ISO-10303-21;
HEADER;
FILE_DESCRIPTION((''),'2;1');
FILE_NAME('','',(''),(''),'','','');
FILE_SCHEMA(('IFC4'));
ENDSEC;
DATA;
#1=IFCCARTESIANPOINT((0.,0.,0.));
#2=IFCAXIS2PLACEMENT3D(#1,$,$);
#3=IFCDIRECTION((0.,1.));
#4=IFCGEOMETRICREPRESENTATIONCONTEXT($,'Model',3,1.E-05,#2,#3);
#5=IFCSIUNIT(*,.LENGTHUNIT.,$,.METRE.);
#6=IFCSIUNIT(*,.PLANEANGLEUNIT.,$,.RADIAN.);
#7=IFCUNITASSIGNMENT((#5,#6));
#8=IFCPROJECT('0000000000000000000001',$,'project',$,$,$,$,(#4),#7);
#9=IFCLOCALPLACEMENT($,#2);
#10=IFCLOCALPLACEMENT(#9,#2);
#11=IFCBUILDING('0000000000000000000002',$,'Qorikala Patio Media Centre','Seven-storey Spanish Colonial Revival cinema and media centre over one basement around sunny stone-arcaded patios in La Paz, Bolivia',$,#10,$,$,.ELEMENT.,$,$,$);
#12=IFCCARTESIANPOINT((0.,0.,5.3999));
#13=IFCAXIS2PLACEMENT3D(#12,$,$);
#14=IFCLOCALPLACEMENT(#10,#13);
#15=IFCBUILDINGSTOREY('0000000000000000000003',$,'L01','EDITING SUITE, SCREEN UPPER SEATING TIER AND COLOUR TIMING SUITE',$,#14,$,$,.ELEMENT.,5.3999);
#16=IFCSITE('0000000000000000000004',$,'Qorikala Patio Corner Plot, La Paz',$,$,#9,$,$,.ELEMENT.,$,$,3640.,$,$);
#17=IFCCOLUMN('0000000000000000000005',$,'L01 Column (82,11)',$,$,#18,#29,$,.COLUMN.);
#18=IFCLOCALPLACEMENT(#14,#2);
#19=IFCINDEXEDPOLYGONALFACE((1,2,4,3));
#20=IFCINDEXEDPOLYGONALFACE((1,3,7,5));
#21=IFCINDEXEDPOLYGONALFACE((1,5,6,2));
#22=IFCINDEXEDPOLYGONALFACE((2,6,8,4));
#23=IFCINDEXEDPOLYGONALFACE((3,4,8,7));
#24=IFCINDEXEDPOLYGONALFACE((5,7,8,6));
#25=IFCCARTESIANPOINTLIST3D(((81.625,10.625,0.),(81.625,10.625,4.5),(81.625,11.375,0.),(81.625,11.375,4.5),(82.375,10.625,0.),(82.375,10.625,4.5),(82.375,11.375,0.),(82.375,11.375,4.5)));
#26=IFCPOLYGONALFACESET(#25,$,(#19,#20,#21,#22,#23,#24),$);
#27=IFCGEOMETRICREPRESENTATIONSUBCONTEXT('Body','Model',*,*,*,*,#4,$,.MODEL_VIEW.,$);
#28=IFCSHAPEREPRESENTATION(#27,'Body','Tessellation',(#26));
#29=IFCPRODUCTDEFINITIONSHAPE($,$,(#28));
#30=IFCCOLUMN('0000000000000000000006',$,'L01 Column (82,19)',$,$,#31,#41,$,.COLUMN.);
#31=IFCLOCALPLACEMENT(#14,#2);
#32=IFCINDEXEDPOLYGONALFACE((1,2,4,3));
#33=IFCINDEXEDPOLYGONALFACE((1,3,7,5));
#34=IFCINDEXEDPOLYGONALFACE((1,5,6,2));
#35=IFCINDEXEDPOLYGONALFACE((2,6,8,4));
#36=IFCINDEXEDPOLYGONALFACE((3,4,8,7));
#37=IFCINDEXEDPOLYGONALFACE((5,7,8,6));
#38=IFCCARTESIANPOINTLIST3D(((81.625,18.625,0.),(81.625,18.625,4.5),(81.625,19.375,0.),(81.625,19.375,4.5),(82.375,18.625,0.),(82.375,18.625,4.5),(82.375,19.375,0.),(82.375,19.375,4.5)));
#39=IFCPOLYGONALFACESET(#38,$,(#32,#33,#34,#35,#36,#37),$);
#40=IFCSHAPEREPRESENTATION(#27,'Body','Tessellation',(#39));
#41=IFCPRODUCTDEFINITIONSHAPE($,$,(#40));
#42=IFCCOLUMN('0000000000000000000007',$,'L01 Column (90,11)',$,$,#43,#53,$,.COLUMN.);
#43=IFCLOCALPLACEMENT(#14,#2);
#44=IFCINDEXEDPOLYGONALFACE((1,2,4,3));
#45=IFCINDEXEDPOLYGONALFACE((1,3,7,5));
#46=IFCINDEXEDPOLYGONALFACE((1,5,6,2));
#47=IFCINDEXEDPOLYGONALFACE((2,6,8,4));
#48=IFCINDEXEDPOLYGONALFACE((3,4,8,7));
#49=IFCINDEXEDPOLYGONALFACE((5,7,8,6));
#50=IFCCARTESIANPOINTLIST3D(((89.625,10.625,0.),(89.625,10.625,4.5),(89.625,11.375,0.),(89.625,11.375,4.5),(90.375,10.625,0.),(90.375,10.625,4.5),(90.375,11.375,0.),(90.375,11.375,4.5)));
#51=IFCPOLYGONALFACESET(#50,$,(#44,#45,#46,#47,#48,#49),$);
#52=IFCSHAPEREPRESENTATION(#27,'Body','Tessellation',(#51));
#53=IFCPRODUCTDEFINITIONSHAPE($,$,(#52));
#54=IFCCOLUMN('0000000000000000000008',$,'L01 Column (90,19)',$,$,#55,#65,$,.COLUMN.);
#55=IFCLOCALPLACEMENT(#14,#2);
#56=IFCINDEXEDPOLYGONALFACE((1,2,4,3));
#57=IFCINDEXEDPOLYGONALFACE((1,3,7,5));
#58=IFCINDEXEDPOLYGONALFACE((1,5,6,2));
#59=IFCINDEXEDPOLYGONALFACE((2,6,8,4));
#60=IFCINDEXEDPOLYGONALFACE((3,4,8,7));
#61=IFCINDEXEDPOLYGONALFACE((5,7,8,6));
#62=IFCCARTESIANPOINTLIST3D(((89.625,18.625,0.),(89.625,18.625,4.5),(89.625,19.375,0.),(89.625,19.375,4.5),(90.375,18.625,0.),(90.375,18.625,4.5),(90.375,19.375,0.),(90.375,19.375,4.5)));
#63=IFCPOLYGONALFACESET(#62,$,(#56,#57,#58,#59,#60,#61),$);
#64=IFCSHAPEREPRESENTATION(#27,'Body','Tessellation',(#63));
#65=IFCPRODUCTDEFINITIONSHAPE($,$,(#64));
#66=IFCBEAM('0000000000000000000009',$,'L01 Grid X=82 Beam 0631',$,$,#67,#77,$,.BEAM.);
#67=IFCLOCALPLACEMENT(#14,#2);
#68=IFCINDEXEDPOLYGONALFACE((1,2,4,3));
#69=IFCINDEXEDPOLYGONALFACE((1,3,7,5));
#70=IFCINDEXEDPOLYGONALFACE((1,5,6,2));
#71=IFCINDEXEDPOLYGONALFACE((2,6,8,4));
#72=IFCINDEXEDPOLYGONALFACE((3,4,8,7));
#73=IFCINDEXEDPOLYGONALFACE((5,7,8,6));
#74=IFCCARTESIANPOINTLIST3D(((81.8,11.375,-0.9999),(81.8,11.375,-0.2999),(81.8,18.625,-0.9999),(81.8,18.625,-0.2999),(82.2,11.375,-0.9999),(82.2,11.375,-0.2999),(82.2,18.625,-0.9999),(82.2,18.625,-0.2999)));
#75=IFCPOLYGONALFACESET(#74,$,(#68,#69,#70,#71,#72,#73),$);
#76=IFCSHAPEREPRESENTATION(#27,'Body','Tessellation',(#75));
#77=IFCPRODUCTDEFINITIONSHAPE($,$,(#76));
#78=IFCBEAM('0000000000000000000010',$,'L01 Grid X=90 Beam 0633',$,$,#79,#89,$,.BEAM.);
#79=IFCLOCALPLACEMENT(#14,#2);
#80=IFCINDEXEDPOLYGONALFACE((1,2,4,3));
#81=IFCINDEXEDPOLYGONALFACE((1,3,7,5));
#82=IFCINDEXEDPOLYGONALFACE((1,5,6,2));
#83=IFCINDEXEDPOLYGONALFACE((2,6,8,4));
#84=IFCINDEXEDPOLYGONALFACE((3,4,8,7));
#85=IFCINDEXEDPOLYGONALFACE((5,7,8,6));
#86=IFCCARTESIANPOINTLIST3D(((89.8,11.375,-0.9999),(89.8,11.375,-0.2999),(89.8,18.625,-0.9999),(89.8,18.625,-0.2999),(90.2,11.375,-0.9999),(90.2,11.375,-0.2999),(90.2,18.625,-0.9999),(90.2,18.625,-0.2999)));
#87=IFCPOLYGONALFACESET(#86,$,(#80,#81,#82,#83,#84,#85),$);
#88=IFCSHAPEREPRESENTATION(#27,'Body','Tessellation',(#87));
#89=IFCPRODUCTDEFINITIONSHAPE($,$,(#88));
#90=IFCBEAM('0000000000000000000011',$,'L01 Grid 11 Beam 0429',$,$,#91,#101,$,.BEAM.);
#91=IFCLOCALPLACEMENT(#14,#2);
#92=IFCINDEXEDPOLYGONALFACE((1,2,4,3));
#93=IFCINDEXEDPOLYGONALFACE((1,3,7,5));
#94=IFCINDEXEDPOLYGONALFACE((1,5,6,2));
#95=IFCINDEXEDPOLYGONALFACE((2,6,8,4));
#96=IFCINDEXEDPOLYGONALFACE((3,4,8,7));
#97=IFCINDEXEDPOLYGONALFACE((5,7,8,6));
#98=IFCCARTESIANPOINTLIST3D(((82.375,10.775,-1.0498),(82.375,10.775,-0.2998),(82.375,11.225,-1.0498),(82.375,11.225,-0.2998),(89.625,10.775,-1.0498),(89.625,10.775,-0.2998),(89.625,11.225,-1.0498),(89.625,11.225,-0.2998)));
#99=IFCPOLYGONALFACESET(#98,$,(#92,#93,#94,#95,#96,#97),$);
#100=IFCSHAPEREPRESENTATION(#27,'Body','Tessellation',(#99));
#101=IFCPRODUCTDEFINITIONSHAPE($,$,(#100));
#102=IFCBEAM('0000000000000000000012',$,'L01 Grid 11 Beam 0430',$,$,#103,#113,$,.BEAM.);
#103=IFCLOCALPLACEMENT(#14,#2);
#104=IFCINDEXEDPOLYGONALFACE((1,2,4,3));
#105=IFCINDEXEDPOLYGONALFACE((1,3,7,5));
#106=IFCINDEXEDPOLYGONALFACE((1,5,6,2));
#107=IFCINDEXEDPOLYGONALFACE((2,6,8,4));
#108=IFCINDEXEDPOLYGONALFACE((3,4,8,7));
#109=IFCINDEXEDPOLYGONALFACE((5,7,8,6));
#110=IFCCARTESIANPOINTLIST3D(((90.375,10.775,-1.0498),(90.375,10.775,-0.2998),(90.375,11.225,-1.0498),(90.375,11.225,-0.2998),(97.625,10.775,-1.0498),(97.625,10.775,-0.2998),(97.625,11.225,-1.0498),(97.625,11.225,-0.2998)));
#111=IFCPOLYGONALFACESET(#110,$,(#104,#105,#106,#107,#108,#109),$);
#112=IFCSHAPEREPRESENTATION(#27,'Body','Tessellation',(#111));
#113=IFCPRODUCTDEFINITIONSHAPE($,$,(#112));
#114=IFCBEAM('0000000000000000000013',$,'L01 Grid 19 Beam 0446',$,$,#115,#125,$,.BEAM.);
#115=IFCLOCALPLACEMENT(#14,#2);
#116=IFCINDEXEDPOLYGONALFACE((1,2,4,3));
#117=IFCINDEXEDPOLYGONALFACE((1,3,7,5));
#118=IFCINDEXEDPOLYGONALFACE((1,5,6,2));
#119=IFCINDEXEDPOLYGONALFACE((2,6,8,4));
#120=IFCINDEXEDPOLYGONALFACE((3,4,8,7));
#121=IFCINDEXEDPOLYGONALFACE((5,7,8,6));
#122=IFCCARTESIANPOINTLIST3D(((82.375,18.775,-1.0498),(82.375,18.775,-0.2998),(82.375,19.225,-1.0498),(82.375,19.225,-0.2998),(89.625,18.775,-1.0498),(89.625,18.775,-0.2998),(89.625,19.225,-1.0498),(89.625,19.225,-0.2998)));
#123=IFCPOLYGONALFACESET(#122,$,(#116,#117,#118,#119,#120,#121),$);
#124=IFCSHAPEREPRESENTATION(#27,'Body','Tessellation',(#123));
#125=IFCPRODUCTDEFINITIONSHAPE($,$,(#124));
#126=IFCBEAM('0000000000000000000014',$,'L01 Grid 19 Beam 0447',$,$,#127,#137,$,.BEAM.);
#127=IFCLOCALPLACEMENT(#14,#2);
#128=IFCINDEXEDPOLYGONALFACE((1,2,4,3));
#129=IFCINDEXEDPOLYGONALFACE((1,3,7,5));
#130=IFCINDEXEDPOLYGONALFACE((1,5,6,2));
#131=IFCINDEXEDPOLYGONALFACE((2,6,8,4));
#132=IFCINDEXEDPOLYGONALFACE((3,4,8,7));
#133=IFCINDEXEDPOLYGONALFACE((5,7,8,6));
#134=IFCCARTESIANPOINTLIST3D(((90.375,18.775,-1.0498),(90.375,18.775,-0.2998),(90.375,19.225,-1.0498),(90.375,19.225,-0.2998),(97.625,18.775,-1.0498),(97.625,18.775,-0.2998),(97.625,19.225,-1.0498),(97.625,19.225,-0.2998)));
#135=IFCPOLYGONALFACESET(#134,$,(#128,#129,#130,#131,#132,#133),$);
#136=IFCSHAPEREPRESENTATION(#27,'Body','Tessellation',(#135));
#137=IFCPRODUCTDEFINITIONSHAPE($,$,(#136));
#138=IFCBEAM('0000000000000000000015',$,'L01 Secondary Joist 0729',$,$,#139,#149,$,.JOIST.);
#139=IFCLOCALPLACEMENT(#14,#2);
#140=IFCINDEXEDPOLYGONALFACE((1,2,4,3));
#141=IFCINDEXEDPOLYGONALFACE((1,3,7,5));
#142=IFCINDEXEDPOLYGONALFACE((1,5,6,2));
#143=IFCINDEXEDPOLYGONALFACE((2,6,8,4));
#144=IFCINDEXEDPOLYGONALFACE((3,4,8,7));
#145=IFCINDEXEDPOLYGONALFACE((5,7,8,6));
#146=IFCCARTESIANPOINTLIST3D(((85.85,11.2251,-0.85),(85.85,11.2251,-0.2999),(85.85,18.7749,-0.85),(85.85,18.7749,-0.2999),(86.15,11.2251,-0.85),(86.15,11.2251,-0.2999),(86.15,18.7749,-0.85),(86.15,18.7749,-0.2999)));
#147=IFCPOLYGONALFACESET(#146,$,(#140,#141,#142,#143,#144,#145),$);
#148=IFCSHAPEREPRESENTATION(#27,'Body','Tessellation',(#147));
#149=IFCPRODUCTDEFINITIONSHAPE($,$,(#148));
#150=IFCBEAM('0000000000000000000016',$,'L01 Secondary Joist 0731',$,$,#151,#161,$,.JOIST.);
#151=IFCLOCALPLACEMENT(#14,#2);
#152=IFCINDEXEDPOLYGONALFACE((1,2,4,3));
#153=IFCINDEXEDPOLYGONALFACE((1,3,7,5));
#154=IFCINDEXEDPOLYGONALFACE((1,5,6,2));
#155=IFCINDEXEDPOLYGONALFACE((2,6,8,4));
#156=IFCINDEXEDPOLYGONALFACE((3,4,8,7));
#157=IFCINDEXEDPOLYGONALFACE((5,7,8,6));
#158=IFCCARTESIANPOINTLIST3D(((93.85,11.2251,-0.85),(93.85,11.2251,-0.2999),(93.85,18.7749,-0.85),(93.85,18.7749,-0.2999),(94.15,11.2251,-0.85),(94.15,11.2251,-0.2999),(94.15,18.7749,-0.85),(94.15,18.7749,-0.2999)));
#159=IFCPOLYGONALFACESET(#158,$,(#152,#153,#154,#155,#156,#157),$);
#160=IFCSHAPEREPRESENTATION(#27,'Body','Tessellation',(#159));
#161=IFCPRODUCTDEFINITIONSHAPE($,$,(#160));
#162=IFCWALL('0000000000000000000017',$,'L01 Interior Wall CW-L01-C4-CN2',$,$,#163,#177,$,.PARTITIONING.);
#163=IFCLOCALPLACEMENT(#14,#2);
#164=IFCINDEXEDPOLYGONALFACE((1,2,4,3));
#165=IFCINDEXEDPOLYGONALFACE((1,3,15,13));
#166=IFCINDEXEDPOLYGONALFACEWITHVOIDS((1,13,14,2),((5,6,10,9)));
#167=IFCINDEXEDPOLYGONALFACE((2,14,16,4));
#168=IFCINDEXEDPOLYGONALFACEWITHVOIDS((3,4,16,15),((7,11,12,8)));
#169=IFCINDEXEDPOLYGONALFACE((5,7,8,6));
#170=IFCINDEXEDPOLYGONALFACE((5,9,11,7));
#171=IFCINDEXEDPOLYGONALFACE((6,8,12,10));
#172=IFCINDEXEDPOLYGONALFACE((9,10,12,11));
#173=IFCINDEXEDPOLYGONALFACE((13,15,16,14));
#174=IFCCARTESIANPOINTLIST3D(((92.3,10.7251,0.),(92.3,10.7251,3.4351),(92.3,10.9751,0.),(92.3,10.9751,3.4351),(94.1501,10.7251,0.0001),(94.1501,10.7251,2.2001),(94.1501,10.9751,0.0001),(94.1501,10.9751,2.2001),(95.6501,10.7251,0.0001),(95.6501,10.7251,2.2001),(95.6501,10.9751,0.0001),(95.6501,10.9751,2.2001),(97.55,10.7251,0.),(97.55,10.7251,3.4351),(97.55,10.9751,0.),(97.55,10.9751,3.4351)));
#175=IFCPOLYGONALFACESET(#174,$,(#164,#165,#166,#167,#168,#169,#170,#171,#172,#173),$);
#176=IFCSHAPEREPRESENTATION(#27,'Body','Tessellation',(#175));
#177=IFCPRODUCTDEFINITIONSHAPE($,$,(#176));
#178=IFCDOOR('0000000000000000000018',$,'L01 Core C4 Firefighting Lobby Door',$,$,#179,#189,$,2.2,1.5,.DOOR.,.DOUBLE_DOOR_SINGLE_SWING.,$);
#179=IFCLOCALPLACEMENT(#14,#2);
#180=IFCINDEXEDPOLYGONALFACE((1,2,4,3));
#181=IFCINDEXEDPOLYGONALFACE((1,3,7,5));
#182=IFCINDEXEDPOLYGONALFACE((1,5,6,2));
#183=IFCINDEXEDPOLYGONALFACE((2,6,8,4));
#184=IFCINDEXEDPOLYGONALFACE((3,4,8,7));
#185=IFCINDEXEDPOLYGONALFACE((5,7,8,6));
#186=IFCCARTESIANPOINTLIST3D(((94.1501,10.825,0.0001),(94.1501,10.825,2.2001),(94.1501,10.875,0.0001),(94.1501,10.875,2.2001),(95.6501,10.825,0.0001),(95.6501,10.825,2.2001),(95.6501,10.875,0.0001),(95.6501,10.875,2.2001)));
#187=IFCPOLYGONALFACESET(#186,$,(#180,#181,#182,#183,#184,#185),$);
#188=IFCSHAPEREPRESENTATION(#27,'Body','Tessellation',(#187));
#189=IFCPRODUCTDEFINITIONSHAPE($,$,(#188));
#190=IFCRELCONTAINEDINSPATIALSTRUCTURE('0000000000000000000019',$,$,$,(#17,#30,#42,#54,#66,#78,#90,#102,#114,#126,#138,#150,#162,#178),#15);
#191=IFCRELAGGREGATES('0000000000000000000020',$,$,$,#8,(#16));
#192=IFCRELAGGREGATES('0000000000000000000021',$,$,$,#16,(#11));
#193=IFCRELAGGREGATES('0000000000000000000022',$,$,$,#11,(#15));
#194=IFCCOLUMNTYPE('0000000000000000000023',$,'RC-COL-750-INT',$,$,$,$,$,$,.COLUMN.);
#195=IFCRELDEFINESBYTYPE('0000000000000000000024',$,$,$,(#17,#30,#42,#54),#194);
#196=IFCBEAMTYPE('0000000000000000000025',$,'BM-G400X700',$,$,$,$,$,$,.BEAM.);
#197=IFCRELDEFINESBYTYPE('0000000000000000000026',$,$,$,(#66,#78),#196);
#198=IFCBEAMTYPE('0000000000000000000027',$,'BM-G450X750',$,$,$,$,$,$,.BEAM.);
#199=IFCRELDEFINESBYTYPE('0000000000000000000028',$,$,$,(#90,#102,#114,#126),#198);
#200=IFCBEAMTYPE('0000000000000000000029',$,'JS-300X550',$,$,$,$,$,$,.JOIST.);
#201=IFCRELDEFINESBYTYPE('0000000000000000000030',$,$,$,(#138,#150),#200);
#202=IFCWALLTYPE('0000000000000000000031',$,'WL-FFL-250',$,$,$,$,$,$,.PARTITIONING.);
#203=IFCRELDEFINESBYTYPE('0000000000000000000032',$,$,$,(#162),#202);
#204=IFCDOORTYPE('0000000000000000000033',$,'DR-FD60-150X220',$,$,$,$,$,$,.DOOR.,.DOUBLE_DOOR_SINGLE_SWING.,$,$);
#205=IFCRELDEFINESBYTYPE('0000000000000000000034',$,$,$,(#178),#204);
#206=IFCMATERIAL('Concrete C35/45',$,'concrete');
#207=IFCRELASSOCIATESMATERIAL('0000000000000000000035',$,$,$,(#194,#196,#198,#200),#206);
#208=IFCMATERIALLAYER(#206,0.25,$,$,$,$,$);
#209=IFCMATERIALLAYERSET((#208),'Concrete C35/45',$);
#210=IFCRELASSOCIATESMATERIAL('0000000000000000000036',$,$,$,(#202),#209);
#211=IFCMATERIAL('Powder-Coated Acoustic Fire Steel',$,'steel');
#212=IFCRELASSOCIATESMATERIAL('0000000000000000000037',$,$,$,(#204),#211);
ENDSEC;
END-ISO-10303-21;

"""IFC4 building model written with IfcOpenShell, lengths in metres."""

from ifc_helpers import new_model, si_unit, direction, frame, frame_2d, origin, origin_2d, place, context, subcontext, project, spatial, rectangle, extrude, material, layer, layer_set, material_profile, profile_set, type_object, element, fill, save


model = new_model("IFC4")

# Units and contexts
model_context = context("Model", 3, precision=1e-05, world=origin(), true_north=direction((0.0, 1.0)))
body_context = subcontext(model_context, "Body", "Model", "MODEL_VIEW")
ifc_project = project(units=[si_unit("LENGTHUNIT", "METRE"), si_unit("PLANEANGLEUNIT", "RADIAN")], contexts=[model_context])

# Site, building, storey
site_placement = place(None, origin())
site = spatial("IfcSite", under=ifc_project, at=site_placement, Name="Qorikala Patio Corner Plot, La Paz", CompositionType="ELEMENT", RefElevation=3640.0)
building_placement = place(site_placement, origin())
building = spatial("IfcBuilding", under=site, at=building_placement, Name="Qorikala Patio Media Centre", Description="Seven-storey Spanish Colonial Revival cinema and media centre over one basement around sunny stone-arcaded patios in La Paz, Bolivia", CompositionType="ELEMENT")
storey_placement = place(building_placement, frame((0.0, 0.0, 5.3999)))
storey = spatial("IfcBuildingStorey", under=building, at=storey_placement, Name="L01", Description="EDITING SUITE, SCREEN UPPER SEATING TIER AND COLOUR TIMING SUITE", CompositionType="ELEMENT", Elevation=5.3999)

# Columns
ifc_material_1 = material(Name="Concrete C35/45", Category="concrete")
ifc_material_profile_1 = material_profile(ifc_material_1, rectangle(XDim=0.75, YDim=0.75, at=origin_2d()), Name="RC 750x750")
ifc_profile_set_1 = profile_set([ifc_material_profile_1], Name="Concrete C35/45")
column_type = type_object("IfcColumnType", Name="RC-COL-750-INT", PredefinedType="COLUMN", material=ifc_profile_set_1)
for number, where, z_axis, x_axis, name in (
    (1, (82.0, 11.0, 0.0), (0.0, 0.0, 1.0), (1.0, 0.0, 0.0), "L01 Column (82,11)"),
    (2, (82.0, 19.0, 0.0), (0.0, 0.0, 1.0), (1.0, 0.0, 0.0), "L01 Column (82,19)"),
    (3, (90.0, 11.0, 0.0), (0.0, 0.0, 1.0), (1.0, 0.0, 0.0), "L01 Column (90,11)"),
    (4, (90.0, 19.0, 0.0), (0.0, 0.0, 1.0), (1.0, 0.0, 0.0), "L01 Column (90,19)"),
):
    element("IfcColumn", number, at=place(storey_placement, frame(where, z_axis=z_axis, x_axis=x_axis)), inside=storey, type_object=column_type, Name=name, PredefinedType="COLUMN", context=body_context, shape_type="SweptSolid", body=[
        extrude(rectangle(XDim=0.75, YDim=0.75, at=origin_2d()), origin(), (0.0, 0.0, 1.0), 4.5),
    ])

# Beams
ifc_material_profile_2 = material_profile(ifc_material_1, rectangle(XDim=0.3999, YDim=0.7, at=origin_2d()), Name="RC 400x700")
ifc_profile_set_2 = profile_set([ifc_material_profile_2], Name="Concrete C35/45")
beam_type_1 = type_object("IfcBeamType", Name="BM-G400X700", PredefinedType="BEAM", material=ifc_profile_set_2)
for number, where, z_axis, x_axis, name in (
    (5, (82.0, 11.375, -0.6499), (0.0, 1.0, 0.0), (-1.0, 0.0, 0.0), "L01 Grid X=82 Beam 0631"),
    (6, (90.0, 11.375, -0.6499), (0.0, 1.0, 0.0), (-1.0, 0.0, 0.0), "L01 Grid X=90 Beam 0633"),
):
    element("IfcBeam", number, at=place(storey_placement, frame(where, z_axis=z_axis, x_axis=x_axis)), inside=storey, type_object=beam_type_1, Name=name, PredefinedType="BEAM", context=body_context, shape_type="SweptSolid", body=[
        extrude(rectangle(XDim=0.3999, YDim=0.7, at=origin_2d()), origin(), (0.0, 0.0, 1.0), 7.25),
    ])
ifc_material_profile_3 = material_profile(ifc_material_1, rectangle(XDim=0.45, YDim=0.75, at=origin_2d()), Name="RC 450x750")
ifc_profile_set_3 = profile_set([ifc_material_profile_3], Name="Concrete C35/45")
beam_type_2 = type_object("IfcBeamType", Name="BM-G450X750", PredefinedType="BEAM", material=ifc_profile_set_3)
for number, where, z_axis, x_axis, name in (
    (7, (82.375, 11.0, -0.6748), (1.0, 0.0, 0.0), (0.0, 1.0, 0.0), "L01 Grid 11 Beam 0429"),
    (8, (90.375, 11.0, -0.6748), (1.0, 0.0, 0.0), (0.0, 1.0, 0.0), "L01 Grid 11 Beam 0430"),
    (9, (82.375, 19.0, -0.6748), (1.0, 0.0, 0.0), (0.0, 1.0, 0.0), "L01 Grid 19 Beam 0446"),
    (10, (90.375, 19.0, -0.6748), (1.0, 0.0, 0.0), (0.0, 1.0, 0.0), "L01 Grid 19 Beam 0447"),
):
    element("IfcBeam", number, at=place(storey_placement, frame(where, z_axis=z_axis, x_axis=x_axis)), inside=storey, type_object=beam_type_2, Name=name, PredefinedType="BEAM", context=body_context, shape_type="SweptSolid", body=[
        extrude(rectangle(XDim=0.45, YDim=0.75, at=origin_2d()), origin(), (0.0, 0.0, 1.0), 7.25),
    ])
ifc_material_profile_4 = material_profile(ifc_material_1, rectangle(XDim=0.3, YDim=0.55, at=origin_2d()), Name="RC 300x550")
ifc_profile_set_4 = profile_set([ifc_material_profile_4], Name="Concrete C35/45")
beam_type_3 = type_object("IfcBeamType", Name="JS-300X550", PredefinedType="JOIST", material=ifc_profile_set_4)
for number, where, z_axis, x_axis, name in (
    (11, (86.0, 11.2251, -0.575), (0.0, 1.0, 0.0), (-1.0, 0.0, 0.0), "L01 Secondary Joist 0729"),
    (12, (94.0, 11.2251, -0.575), (0.0, 1.0, 0.0), (-1.0, 0.0, 0.0), "L01 Secondary Joist 0731"),
):
    element("IfcBeam", number, at=place(storey_placement, frame(where, z_axis=z_axis, x_axis=x_axis)), inside=storey, type_object=beam_type_3, Name=name, PredefinedType="JOIST", context=body_context, shape_type="SweptSolid", body=[
        extrude(rectangle(XDim=0.3, YDim=0.55, at=origin_2d()), origin(), (0.0, 0.0, 1.0), 7.5498),
    ])

# Wall, opening, door
ifc_layer_1 = layer(ifc_material_1, 0.25)
ifc_layer_set_1 = layer_set([ifc_layer_1], Name="Concrete C35/45")
wall_type_1 = type_object("IfcWallType", Name="WL-FFL-250", PredefinedType="PARTITIONING", material=ifc_layer_set_1)
wall_1_placement = place(storey_placement, frame((92.3, 10.8501, 0.0), z_axis=(0.0, 0.0, 1.0), x_axis=(1.0, 0.0, 0.0)))
wall_1 = element("IfcWall", 13, at=wall_1_placement, inside=storey, type_object=wall_type_1, Name="L01 Interior Wall CW-L01-C4-CN2", PredefinedType="PARTITIONING", context=body_context, shape_type="SweptSolid", body=[
    extrude(rectangle(XDim=5.25, YDim=0.25, at=frame_2d((2.625, 0.0))), origin(), (0.0, 0.0, 1.0), 3.4351),
])
opening_1_placement = place(wall_1_placement, frame((1.8501, 0.0, 0.0)))
opening_1 = element("IfcOpeningElement", 14, at=opening_1_placement, cuts=wall_1, PredefinedType="OPENING", context=body_context, shape_type="SweptSolid", body=[
    extrude(rectangle(XDim=1.5, YDim=2.2, at=frame_2d((0.75, 1.1001))), frame((0.0, 0.135, 0.0), z_axis=(0.0, -1.0, 0.0), x_axis=(1.0, 0.0, 0.0)), (0.0, 0.0, 1.0), 0.27),
])
ifc_material_2 = material(Name="Powder-Coated Acoustic Fire Steel", Category="steel")
door_type_1 = type_object("IfcDoorType", Name="DR-FD60-150X220", OperationType="DOUBLE_DOOR_SINGLE_SWING", PredefinedType="DOOR", material=ifc_material_2)
door_1_placement = place(opening_1_placement, origin())
door_1 = element("IfcDoor", 15, at=door_1_placement, inside=storey, type_object=door_type_1, Name="L01 Core C4 Firefighting Lobby Door", OperationType="DOUBLE_DOOR_SINGLE_SWING", OverallHeight=2.2, OverallWidth=1.5, PredefinedType="DOOR", context=body_context, shape_type="SweptSolid", body=[
    extrude(rectangle(XDim=1.5, YDim=2.2, at=frame_2d((0.75, 1.1001))), frame((0.0, 0.0249, 0.0), z_axis=(0.0, -1.0, 0.0), x_axis=(1.0, 0.0, 0.0)), (0.0, 0.0, 1.0), 0.05),
])
fill(opening_1, door_1)

save(model, "model.ifc")
